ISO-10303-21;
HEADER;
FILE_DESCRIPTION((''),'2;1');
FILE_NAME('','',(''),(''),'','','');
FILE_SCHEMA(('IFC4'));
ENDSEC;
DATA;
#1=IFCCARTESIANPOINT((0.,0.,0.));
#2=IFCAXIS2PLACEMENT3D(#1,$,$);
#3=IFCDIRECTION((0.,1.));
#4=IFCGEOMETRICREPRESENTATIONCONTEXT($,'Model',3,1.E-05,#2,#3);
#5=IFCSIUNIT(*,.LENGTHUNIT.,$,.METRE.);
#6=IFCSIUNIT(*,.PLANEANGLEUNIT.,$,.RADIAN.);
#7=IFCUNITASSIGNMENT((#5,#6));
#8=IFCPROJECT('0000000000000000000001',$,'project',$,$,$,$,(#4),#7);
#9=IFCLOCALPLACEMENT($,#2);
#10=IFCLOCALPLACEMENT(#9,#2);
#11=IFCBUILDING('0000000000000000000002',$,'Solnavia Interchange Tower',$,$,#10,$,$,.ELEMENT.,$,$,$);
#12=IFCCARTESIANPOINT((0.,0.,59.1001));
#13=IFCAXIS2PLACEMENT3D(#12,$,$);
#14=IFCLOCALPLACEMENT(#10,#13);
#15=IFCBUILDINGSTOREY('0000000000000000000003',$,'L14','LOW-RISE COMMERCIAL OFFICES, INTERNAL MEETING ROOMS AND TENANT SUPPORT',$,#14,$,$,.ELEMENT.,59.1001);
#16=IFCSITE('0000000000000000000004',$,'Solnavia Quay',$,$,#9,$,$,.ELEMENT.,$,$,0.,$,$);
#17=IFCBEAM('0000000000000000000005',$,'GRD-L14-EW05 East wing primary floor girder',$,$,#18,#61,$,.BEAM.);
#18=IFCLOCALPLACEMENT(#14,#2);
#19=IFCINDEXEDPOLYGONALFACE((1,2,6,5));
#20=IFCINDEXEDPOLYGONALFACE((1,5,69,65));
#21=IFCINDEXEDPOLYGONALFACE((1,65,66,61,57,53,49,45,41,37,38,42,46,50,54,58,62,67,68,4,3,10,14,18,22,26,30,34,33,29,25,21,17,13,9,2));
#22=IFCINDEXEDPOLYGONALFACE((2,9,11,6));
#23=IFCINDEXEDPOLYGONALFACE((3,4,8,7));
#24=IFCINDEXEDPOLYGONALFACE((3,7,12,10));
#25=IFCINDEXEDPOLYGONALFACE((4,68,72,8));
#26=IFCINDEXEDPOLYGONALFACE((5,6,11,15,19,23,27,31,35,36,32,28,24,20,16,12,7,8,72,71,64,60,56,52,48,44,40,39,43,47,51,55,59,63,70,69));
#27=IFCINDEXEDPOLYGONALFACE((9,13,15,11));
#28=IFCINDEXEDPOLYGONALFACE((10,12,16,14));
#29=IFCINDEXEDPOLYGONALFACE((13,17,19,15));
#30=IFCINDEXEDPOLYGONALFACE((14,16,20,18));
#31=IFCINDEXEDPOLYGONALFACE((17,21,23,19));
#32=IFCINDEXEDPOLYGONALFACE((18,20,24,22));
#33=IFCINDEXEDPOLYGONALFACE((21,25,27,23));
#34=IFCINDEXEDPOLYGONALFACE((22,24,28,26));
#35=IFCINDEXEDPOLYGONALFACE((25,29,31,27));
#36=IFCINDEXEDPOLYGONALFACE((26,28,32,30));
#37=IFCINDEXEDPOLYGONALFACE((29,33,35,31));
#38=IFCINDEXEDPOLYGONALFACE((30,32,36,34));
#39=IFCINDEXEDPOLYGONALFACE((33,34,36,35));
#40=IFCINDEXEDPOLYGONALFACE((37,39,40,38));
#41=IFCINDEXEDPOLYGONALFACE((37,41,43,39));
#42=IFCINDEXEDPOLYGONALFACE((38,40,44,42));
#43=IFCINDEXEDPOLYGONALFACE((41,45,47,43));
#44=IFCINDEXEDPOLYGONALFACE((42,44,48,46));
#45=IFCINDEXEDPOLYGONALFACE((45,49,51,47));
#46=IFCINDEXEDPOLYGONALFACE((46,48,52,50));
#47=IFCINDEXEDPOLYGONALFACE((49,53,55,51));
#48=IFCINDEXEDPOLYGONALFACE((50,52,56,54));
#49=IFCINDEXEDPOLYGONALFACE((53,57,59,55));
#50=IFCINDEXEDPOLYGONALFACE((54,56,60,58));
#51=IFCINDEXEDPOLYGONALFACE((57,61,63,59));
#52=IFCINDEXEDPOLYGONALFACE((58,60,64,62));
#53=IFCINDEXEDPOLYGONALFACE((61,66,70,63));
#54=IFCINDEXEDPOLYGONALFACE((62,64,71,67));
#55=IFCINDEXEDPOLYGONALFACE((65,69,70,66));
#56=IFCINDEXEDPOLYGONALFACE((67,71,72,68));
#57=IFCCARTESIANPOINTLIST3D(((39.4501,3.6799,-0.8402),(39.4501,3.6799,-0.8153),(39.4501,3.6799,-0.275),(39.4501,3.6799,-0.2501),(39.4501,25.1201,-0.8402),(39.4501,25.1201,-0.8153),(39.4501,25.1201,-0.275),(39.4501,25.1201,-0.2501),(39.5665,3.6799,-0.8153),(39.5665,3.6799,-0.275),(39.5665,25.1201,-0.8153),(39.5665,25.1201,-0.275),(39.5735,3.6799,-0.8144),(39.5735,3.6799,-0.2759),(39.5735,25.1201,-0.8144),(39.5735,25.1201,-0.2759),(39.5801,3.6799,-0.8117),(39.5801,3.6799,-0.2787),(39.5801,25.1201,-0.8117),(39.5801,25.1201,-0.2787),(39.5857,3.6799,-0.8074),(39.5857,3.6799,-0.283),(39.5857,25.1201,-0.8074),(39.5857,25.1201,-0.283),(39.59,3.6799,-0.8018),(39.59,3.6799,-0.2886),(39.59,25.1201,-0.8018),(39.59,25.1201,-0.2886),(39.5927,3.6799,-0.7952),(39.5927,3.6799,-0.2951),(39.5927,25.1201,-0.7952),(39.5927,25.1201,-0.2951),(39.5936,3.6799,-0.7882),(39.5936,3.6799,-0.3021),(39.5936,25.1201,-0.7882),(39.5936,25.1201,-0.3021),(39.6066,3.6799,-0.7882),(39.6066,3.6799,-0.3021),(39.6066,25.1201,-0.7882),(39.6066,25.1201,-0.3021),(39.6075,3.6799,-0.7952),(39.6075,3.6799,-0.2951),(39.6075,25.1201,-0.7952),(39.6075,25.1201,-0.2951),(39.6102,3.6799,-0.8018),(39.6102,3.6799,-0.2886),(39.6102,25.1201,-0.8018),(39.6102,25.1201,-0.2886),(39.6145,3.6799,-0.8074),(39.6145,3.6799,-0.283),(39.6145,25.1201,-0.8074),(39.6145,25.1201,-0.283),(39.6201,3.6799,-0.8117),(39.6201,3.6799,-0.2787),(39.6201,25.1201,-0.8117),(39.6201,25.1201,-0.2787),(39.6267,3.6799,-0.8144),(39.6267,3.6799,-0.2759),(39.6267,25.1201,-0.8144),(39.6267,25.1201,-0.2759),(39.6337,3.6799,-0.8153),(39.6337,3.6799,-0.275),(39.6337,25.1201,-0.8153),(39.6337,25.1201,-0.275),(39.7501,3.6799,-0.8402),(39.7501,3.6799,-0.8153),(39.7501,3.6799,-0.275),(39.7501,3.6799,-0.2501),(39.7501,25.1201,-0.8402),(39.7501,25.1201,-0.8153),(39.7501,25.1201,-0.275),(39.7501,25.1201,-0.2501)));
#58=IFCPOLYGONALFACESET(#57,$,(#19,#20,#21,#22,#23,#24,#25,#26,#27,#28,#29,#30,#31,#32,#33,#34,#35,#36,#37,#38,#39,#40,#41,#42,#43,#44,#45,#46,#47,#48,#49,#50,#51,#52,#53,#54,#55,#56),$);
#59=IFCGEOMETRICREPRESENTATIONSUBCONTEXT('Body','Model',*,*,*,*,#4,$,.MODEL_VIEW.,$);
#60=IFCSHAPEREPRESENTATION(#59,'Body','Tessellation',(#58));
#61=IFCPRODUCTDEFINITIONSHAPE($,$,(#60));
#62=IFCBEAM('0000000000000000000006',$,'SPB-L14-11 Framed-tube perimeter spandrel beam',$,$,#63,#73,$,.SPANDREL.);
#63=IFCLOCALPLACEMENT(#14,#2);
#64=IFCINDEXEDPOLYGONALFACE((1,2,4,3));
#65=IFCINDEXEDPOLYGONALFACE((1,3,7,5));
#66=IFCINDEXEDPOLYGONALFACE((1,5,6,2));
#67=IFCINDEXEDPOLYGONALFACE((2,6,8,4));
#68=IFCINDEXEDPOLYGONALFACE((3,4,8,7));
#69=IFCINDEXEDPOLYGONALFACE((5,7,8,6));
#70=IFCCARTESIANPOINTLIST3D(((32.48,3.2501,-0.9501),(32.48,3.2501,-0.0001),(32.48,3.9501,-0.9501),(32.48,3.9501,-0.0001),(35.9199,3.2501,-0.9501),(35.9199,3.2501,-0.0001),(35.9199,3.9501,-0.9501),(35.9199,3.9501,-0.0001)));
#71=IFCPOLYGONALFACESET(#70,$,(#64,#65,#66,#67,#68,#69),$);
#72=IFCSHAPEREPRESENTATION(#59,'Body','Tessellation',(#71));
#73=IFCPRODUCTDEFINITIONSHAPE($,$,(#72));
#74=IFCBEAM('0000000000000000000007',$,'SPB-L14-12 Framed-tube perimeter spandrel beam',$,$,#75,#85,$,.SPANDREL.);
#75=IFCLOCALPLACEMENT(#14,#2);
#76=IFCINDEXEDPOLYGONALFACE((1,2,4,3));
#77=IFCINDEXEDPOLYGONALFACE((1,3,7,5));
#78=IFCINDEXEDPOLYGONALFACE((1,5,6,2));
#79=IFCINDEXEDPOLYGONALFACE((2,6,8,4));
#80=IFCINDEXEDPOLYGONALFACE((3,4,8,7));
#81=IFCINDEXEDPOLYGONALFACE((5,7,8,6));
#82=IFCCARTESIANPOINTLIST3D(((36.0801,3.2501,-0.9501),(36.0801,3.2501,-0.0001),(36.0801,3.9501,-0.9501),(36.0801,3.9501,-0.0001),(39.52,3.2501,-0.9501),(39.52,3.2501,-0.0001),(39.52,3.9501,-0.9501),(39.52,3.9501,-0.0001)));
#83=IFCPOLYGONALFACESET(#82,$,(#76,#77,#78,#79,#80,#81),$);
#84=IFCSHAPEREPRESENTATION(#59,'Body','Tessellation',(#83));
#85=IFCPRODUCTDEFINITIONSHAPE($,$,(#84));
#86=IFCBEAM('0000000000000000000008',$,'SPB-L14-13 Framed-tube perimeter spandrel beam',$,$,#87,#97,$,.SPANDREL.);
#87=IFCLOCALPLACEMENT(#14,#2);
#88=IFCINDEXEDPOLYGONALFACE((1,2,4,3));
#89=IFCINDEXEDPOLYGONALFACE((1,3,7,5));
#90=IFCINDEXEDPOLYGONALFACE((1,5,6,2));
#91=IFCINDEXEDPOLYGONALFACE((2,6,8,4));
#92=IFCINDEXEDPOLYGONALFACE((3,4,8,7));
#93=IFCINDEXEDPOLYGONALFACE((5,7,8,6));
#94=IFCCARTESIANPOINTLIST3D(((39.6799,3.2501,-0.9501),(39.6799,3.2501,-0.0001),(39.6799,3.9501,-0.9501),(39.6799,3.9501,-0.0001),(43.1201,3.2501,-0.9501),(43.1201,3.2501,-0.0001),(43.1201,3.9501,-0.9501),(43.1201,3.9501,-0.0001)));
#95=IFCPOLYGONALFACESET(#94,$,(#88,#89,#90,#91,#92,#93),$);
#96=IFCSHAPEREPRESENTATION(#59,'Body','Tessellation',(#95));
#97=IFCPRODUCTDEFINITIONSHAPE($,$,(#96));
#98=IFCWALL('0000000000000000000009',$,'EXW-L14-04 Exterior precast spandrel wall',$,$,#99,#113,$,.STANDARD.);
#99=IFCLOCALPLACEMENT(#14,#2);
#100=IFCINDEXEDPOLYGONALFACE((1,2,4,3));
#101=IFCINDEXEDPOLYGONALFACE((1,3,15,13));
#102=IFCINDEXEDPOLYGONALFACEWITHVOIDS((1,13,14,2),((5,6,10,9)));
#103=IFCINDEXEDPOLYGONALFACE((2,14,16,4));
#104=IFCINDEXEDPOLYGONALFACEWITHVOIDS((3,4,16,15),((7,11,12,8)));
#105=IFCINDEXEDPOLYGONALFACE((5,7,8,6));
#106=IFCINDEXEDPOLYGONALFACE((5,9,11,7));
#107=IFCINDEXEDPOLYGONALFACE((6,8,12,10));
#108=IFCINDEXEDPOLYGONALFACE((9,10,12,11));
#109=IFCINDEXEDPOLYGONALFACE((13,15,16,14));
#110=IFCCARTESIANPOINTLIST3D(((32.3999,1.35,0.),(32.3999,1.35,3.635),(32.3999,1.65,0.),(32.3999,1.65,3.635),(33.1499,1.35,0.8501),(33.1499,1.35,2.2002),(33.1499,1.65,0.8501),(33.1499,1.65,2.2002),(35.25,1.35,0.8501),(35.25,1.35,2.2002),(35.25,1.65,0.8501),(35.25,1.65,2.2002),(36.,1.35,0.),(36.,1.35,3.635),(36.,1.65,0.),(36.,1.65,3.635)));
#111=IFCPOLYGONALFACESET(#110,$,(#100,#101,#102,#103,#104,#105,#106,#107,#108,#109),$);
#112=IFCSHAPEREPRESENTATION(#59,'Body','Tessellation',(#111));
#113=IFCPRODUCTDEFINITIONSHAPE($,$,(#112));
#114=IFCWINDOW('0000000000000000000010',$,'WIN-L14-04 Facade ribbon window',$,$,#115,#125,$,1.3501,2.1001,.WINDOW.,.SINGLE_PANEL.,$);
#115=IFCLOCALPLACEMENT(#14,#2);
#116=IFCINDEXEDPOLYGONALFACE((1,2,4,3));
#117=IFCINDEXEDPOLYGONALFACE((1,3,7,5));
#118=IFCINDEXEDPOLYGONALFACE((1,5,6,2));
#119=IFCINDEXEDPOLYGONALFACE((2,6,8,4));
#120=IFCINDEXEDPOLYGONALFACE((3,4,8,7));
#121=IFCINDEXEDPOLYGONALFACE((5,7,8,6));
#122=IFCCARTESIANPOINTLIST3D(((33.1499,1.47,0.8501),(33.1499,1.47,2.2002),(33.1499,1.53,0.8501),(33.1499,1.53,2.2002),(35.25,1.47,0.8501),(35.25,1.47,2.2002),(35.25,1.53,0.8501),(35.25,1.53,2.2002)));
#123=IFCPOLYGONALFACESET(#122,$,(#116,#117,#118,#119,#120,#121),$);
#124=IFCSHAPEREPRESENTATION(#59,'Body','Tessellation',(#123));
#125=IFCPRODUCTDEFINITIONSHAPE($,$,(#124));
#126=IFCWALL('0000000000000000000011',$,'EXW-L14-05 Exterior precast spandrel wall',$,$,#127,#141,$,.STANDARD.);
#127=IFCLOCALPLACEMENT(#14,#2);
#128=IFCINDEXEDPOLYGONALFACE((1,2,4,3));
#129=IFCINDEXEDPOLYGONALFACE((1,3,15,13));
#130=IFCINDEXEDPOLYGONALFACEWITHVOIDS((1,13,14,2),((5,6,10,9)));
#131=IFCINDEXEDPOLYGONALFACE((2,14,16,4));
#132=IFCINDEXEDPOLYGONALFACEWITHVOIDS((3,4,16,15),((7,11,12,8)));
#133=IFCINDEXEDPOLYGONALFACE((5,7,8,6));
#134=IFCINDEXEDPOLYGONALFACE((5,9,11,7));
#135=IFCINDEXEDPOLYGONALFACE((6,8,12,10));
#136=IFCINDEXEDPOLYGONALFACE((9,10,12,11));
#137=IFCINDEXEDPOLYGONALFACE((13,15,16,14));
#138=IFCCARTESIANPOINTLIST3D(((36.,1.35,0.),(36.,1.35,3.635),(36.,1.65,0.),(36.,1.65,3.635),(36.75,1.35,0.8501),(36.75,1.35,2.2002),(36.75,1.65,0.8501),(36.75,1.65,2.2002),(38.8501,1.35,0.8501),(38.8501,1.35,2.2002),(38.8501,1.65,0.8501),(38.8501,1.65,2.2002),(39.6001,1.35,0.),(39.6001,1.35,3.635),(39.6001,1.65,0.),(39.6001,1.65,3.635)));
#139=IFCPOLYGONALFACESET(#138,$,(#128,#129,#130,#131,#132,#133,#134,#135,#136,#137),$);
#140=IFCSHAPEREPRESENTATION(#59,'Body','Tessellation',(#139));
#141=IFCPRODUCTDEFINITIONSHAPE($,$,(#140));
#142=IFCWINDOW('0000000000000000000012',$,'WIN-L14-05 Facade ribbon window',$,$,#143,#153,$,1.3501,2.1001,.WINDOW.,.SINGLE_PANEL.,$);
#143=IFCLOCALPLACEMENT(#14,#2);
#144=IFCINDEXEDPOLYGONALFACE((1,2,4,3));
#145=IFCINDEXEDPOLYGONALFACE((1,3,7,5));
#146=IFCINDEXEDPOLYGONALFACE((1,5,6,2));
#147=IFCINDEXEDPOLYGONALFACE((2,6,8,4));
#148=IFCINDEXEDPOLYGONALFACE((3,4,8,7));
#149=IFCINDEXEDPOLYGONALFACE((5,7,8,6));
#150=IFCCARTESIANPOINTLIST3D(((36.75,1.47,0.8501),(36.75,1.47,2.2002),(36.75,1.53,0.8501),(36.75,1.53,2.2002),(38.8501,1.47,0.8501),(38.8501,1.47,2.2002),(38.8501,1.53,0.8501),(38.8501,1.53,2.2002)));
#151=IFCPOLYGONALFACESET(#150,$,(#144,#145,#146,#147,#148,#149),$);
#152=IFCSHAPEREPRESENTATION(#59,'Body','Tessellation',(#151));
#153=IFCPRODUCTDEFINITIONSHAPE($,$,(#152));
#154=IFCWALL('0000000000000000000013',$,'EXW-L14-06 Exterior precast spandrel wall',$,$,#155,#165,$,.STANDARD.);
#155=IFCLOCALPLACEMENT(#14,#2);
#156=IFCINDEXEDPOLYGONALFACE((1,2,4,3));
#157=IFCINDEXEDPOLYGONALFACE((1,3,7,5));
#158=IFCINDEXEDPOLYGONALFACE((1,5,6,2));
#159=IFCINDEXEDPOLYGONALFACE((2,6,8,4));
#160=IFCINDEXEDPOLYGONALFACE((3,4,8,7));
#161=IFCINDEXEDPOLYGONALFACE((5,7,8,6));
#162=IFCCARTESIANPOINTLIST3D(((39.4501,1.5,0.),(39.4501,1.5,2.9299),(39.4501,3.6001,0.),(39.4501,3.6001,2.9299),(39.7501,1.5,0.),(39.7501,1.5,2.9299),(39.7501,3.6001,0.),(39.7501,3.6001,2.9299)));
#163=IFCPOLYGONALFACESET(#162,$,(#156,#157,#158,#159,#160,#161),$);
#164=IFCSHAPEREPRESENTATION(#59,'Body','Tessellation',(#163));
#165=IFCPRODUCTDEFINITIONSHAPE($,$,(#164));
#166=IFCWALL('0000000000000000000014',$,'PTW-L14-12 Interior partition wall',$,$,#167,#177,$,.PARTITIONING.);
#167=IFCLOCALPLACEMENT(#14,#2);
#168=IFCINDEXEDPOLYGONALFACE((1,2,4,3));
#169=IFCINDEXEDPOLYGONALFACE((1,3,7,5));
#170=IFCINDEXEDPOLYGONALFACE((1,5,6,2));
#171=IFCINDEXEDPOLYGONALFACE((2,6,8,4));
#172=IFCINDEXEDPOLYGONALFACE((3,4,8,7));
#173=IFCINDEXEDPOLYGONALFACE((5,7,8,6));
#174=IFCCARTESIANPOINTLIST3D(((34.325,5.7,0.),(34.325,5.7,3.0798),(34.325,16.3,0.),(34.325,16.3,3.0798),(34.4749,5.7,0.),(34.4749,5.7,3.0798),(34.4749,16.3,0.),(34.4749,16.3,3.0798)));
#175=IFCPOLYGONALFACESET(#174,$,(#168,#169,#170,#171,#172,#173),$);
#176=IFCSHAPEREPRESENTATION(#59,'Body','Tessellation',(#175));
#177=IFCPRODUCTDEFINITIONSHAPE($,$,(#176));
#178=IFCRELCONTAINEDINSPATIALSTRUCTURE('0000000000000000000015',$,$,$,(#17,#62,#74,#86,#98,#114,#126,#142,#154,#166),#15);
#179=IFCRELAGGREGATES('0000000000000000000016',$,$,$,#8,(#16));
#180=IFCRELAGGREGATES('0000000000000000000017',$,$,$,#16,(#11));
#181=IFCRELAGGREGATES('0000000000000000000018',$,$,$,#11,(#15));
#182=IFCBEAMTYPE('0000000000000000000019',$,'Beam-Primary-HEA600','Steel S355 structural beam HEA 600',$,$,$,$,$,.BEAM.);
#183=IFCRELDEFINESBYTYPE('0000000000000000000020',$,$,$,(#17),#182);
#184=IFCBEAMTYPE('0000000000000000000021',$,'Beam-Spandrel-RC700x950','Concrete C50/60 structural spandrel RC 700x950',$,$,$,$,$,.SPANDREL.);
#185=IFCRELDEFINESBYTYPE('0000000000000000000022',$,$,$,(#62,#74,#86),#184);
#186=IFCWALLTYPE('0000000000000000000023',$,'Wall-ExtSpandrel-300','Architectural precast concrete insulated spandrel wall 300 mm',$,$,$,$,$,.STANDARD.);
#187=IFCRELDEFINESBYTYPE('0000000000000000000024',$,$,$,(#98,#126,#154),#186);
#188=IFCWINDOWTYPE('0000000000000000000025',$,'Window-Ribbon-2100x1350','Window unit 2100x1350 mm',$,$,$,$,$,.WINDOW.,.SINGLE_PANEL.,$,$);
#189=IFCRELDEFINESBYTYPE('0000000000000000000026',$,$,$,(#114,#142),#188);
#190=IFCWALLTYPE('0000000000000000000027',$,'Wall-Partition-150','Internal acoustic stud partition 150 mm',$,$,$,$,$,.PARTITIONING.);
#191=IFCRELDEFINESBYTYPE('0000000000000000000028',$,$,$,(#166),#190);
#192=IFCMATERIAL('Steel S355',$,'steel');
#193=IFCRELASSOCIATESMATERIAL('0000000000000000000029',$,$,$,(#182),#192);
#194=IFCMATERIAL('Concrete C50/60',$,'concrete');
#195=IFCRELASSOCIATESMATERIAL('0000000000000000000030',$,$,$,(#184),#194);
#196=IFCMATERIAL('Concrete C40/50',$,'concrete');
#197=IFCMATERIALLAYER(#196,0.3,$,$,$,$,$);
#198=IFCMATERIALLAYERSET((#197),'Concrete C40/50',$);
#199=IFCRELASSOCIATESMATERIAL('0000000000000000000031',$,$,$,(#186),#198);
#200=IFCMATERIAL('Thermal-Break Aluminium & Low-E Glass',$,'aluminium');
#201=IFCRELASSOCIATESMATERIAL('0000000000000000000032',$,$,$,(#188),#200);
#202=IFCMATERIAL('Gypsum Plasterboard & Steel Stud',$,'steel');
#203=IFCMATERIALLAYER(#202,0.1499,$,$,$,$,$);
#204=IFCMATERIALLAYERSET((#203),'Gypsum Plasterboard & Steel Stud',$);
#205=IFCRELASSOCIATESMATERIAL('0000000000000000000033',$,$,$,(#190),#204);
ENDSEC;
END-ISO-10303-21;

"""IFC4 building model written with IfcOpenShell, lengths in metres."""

from ifc_helpers import new_model, si_unit, direction, frame, frame_2d, origin, origin_2d, place, context, subcontext, project, spatial, rectangle, i_section, extrude, material, layer, layer_set, material_profile, profile_set, type_object, element, fill, save


model = new_model("IFC4")

# Units and contexts
model_context = context("Model", 3, precision=1e-05, world=origin(), true_north=direction((0.0, 1.0)))
body_context = subcontext(model_context, "Body", "Model", "MODEL_VIEW")
ifc_project = project(units=[si_unit("LENGTHUNIT", "METRE"), si_unit("PLANEANGLEUNIT", "RADIAN")], contexts=[model_context])

# Site, building, storey
site_placement = place(None, origin())
site = spatial("IfcSite", under=ifc_project, at=site_placement, Name="Solnavia Quay", CompositionType="ELEMENT", RefElevation=0.0)
building_placement = place(site_placement, origin())
building = spatial("IfcBuilding", under=site, at=building_placement, Name="Solnavia Interchange Tower", CompositionType="ELEMENT")
storey_placement = place(building_placement, frame((0.0, 0.0, 59.1001)))
storey = spatial("IfcBuildingStorey", under=building, at=storey_placement, Name="L14", Description="LOW-RISE COMMERCIAL OFFICES, INTERNAL MEETING ROOMS AND TENANT SUPPORT", CompositionType="ELEMENT", Elevation=59.1001)

# Shared definitions
ifc_material_1 = material(Name="Steel S355", Category="steel")

# Beams
ifc_material_2 = material(Name="Concrete C50/60", Category="concrete")
ifc_material_profile_1 = material_profile(ifc_material_1, i_section(OverallWidth=0.3, OverallDepth=0.5901, WebThickness=0.0129, FlangeThickness=0.0249, FilletRadius=0.0271, at=origin_2d()), Name="HEA 600")
ifc_profile_set_1 = profile_set([ifc_material_profile_1], Name="Steel S355")
beam_type_1 = type_object("IfcBeamType", Name="Beam-Primary-HEA600", Description="Steel S355 structural beam HEA 600", PredefinedType="BEAM", material=ifc_profile_set_1)
beam_1_placement = place(storey_placement, frame((39.6001, 3.6799, -0.5452), z_axis=(0.0, 1.0, 0.0), x_axis=(-1.0, 0.0, 0.0)))
element("IfcBeam", 1, at=beam_1_placement, inside=storey, type_object=beam_type_1, Name="GRD-L14-EW05 East wing primary floor girder", PredefinedType="BEAM", context=body_context, shape_type="SweptSolid", body=[
    extrude(i_section(OverallWidth=0.3, OverallDepth=0.5901, WebThickness=0.0129, FlangeThickness=0.0249, FilletRadius=0.0271, at=origin_2d()), origin(), (0.0, 0.0, 1.0), 21.4402),
])
ifc_material_profile_2 = material_profile(ifc_material_2, rectangle(XDim=0.7, YDim=0.95, at=origin_2d()), Name="RC 700x950")
ifc_profile_set_2 = profile_set([ifc_material_profile_2], Name="Concrete C50/60")
beam_type_2 = type_object("IfcBeamType", Name="Beam-Spandrel-RC700x950", Description="Concrete C50/60 structural spandrel RC 700x950", PredefinedType="SPANDREL", material=ifc_profile_set_2)
for number, where, z_axis, x_axis, name in (
    (2, (32.48, 3.6001, -0.4751), (1.0, 0.0, 0.0), (0.0, 1.0, 0.0), "SPB-L14-11 Framed-tube perimeter spandrel beam"),
    (3, (36.0801, 3.6001, -0.4751), (1.0, 0.0, 0.0), (0.0, 1.0, 0.0), "SPB-L14-12 Framed-tube perimeter spandrel beam"),
):
    element("IfcBeam", number, at=place(storey_placement, frame(where, z_axis=z_axis, x_axis=x_axis)), inside=storey, type_object=beam_type_2, Name=name, PredefinedType="SPANDREL", context=body_context, shape_type="SweptSolid", body=[
        extrude(rectangle(XDim=0.7, YDim=0.95, at=origin_2d()), origin(), (0.0, 0.0, 1.0), 3.4399),
    ])
beam_2_placement = place(storey_placement, frame((39.6799, 3.6001, -0.4751), z_axis=(1.0, 0.0, 0.0), x_axis=(0.0, 1.0, 0.0)))
element("IfcBeam", 4, at=beam_2_placement, inside=storey, type_object=beam_type_2, Name="SPB-L14-13 Framed-tube perimeter spandrel beam", PredefinedType="SPANDREL", context=body_context, shape_type="SweptSolid", body=[
    extrude(rectangle(XDim=0.7, YDim=0.95, at=origin_2d()), origin(), (0.0, 0.0, 1.0), 3.4402),
])

# Walls, openings, windows
ifc_material_3 = material(Name="Concrete C40/50", Category="concrete")
ifc_layer_1 = layer(ifc_material_3, 0.3)
ifc_layer_set_1 = layer_set([ifc_layer_1], Name="Concrete C40/50")
wall_type_1 = type_object("IfcWallType", Name="Wall-ExtSpandrel-300", Description="Architectural precast concrete insulated spandrel wall 300 mm", PredefinedType="STANDARD", material=ifc_layer_set_1)
wall_1_placement = place(storey_placement, frame((36.0, 1.5, 0.0), z_axis=(0.0, 0.0, 1.0), x_axis=(-1.0, 0.0, 0.0)))
wall_1 = element("IfcWall", 5, at=wall_1_placement, inside=storey, type_object=wall_type_1, Name="EXW-L14-04 Exterior precast spandrel wall", PredefinedType="STANDARD", context=body_context, shape_type="SweptSolid", body=[
    extrude(rectangle(XDim=3.6001, YDim=0.3, at=frame_2d((1.8, 0.0))), origin(), (0.0, 0.0, 1.0), 3.635),
])
opening_1_placement = place(wall_1_placement, frame((0.75, 0.0, 0.8501)))
opening_1 = element("IfcOpeningElement", 6, at=opening_1_placement, cuts=wall_1, PredefinedType="OPENING", context=body_context, shape_type="SweptSolid", body=[
    extrude(rectangle(XDim=2.1001, YDim=1.3501, at=frame_2d((1.05, 0.675))), frame((0.0, 0.1602, 0.0), z_axis=(0.0, -1.0, 0.0), x_axis=(1.0, 0.0, 0.0)), (0.0, 0.0, 1.0), 0.3201),
])
ifc_material_4 = material(Name="Thermal-Break Aluminium & Low-E Glass", Category="aluminium")
window_type = type_object("IfcWindowType", Name="Window-Ribbon-2100x1350", Description="Window unit 2100x1350 mm", PartitioningType="SINGLE_PANEL", PredefinedType="WINDOW", material=ifc_material_4)
window_1_placement = place(opening_1_placement, origin())
window_1 = element("IfcWindow", 7, at=window_1_placement, inside=storey, type_object=window_type, Name="WIN-L14-04 Facade ribbon window", OverallHeight=1.3501, OverallWidth=2.1001, PartitioningType="SINGLE_PANEL", PredefinedType="WINDOW", context=body_context, shape_type="SweptSolid", body=[
    extrude(rectangle(XDim=2.1001, YDim=1.3501, at=frame_2d((1.05, 0.675))), frame((0.0, 0.03, 0.0), z_axis=(0.0, -1.0, 0.0), x_axis=(1.0, 0.0, 0.0)), (0.0, 0.0, 1.0), 0.0601),
])
fill(opening_1, window_1)
wall_2_placement = place(storey_placement, frame((39.6001, 1.5, 0.0), z_axis=(0.0, 0.0, 1.0), x_axis=(-1.0, 0.0, 0.0)))
wall_2 = element("IfcWall", 8, at=wall_2_placement, inside=storey, type_object=wall_type_1, Name="EXW-L14-05 Exterior precast spandrel wall", PredefinedType="STANDARD", context=body_context, shape_type="SweptSolid", body=[
    extrude(rectangle(XDim=3.6001, YDim=0.3, at=frame_2d((1.8, 0.0))), origin(), (0.0, 0.0, 1.0), 3.635),
])
opening_2_placement = place(wall_2_placement, frame((0.75, 0.0, 0.8501)))
opening_2 = element("IfcOpeningElement", 9, at=opening_2_placement, cuts=wall_2, PredefinedType="OPENING", context=body_context, shape_type="SweptSolid", body=[
    extrude(rectangle(XDim=2.1001, YDim=1.3501, at=frame_2d((1.05, 0.675))), frame((0.0, 0.1602, 0.0), z_axis=(0.0, -1.0, 0.0), x_axis=(1.0, 0.0, 0.0)), (0.0, 0.0, 1.0), 0.3201),
])
window_2_placement = place(opening_2_placement, origin())
window_2 = element("IfcWindow", 10, at=window_2_placement, inside=storey, type_object=window_type, Name="WIN-L14-05 Facade ribbon window", OverallHeight=1.3501, OverallWidth=2.1001, PartitioningType="SINGLE_PANEL", PredefinedType="WINDOW", context=body_context, shape_type="SweptSolid", body=[
    extrude(rectangle(XDim=2.1001, YDim=1.3501, at=frame_2d((1.05, 0.675))), frame((0.0, 0.03, 0.0), z_axis=(0.0, -1.0, 0.0), x_axis=(1.0, 0.0, 0.0)), (0.0, 0.0, 1.0), 0.0601),
])
fill(opening_2, window_2)

# Walls
wall_3_placement = place(storey_placement, frame((39.6001, 3.6001, 0.0), z_axis=(0.0, 0.0, 1.0), x_axis=(0.0, -1.0, 0.0)))
element("IfcWall", 11, at=wall_3_placement, inside=storey, type_object=wall_type_1, Name="EXW-L14-06 Exterior precast spandrel wall", PredefinedType="STANDARD", context=body_context, shape_type="SweptSolid", body=[
    extrude(rectangle(XDim=2.1001, YDim=0.3, at=frame_2d((1.05, 0.0))), origin(), (0.0, 0.0, 1.0), 2.9299),
])
ifc_material_5 = material(Name="Gypsum Plasterboard & Steel Stud", Category="steel")
ifc_layer_2 = layer(ifc_material_5, 0.1499)
ifc_layer_set_2 = layer_set([ifc_layer_2], Name="Gypsum Plasterboard & Steel Stud")
wall_type_2 = type_object("IfcWallType", Name="Wall-Partition-150", Description="Internal acoustic stud partition 150 mm", PredefinedType="PARTITIONING", material=ifc_layer_set_2)
wall_4_placement = place(storey_placement, frame((34.3999, 5.7, 0.0), z_axis=(0.0, 0.0, 1.0), x_axis=(0.0, 1.0, 0.0)))
element("IfcWall", 12, at=wall_4_placement, inside=storey, type_object=wall_type_2, Name="PTW-L14-12 Interior partition wall", PredefinedType="PARTITIONING", context=body_context, shape_type="SweptSolid", body=[
    extrude(rectangle(XDim=10.6001, YDim=0.1499, at=frame_2d((5.3, 0.0))), origin(), (0.0, 0.0, 1.0), 3.0798),
])

save(model, "model.ifc")
